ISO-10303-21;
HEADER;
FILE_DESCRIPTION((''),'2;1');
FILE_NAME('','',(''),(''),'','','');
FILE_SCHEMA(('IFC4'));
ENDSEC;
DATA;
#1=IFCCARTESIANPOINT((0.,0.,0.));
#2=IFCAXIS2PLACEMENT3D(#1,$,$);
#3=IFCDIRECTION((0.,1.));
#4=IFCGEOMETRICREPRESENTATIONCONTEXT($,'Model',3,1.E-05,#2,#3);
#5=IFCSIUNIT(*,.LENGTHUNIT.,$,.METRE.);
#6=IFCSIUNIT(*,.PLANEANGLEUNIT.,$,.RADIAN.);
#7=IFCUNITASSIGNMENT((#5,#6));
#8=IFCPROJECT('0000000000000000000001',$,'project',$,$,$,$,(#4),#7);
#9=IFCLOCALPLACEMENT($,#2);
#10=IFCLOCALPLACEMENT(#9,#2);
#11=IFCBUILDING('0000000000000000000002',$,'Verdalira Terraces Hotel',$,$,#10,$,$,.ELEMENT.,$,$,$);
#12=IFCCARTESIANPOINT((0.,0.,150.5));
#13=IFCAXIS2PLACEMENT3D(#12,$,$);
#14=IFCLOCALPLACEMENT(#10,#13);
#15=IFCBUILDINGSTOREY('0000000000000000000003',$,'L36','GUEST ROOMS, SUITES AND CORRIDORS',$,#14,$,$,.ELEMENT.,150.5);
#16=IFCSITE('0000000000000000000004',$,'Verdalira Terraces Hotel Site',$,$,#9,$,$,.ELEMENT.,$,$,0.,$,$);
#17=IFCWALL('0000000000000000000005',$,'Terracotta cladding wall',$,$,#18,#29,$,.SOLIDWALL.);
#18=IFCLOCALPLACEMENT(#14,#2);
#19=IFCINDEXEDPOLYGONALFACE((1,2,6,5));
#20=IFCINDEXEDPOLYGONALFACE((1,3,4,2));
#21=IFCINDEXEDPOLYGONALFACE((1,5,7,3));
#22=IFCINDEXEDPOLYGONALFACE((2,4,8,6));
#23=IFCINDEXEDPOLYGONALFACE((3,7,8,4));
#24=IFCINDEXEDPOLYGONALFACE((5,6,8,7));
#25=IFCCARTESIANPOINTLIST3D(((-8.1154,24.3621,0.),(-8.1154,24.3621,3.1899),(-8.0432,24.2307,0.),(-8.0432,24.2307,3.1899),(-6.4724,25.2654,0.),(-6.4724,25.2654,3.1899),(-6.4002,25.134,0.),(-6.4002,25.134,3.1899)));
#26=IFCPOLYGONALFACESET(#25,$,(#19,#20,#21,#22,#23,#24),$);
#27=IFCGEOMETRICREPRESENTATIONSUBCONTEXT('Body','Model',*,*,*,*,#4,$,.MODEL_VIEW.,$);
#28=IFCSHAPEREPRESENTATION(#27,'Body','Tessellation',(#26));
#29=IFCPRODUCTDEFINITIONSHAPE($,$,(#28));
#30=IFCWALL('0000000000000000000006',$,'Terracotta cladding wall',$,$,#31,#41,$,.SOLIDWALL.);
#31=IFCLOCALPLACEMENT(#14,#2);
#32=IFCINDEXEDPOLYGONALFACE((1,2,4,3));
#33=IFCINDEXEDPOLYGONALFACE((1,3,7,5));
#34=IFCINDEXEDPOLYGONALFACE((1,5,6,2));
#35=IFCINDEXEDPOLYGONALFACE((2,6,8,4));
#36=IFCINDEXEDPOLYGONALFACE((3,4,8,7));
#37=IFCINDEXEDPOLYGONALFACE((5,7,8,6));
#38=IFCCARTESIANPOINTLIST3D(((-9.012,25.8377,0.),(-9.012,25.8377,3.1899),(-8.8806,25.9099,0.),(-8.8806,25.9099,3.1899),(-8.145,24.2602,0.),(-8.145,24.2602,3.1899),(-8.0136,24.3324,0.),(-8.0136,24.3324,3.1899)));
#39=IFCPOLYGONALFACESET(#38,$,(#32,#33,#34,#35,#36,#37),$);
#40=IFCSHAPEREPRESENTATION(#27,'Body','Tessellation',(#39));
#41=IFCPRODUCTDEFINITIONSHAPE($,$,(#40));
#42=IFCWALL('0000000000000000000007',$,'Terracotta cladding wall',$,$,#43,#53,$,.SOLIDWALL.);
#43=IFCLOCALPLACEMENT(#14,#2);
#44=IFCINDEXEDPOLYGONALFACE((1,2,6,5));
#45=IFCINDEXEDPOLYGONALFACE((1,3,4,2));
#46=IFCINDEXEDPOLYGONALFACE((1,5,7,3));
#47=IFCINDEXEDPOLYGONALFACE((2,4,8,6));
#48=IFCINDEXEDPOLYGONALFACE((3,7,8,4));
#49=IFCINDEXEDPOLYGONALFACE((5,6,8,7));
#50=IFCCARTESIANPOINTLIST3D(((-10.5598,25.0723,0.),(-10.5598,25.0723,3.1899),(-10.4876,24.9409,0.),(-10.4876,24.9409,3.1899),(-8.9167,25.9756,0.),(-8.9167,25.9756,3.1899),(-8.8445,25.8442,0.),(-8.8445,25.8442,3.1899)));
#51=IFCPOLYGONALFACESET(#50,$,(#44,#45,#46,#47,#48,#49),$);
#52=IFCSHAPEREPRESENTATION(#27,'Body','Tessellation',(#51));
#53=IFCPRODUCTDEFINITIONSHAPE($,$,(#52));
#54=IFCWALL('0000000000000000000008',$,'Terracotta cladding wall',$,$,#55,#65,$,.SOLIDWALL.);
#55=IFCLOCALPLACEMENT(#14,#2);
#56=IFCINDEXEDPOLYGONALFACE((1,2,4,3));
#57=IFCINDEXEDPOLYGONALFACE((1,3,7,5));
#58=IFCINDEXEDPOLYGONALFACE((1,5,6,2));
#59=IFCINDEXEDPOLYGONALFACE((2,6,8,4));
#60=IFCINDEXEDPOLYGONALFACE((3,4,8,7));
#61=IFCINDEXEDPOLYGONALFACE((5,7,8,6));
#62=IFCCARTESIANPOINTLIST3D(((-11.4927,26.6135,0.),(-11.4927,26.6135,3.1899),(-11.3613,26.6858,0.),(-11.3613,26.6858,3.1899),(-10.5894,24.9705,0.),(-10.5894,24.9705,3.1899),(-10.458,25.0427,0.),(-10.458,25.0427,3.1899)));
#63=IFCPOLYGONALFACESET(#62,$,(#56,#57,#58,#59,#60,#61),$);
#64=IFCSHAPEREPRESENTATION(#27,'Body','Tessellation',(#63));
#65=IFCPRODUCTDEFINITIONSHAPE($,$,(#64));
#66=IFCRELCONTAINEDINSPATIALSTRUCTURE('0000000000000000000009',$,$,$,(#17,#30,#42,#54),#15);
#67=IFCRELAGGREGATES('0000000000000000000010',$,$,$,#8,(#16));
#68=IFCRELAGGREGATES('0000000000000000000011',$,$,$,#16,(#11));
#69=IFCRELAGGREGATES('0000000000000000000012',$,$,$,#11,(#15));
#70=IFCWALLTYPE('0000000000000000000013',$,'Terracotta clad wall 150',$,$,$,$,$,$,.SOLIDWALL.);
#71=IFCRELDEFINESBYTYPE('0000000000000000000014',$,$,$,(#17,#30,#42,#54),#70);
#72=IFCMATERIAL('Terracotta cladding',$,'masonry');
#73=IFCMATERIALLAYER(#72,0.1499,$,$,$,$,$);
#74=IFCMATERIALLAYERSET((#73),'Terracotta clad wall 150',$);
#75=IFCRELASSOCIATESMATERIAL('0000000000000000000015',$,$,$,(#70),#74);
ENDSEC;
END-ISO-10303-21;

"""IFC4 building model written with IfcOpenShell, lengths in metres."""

from ifc_helpers import new_model, si_unit, direction, frame, frame_2d, origin, place, context, subcontext, project, spatial, rectangle, extrude, material, layer, layer_set, type_object, element, save


model = new_model("IFC4")

# Units and contexts
model_context = context("Model", 3, precision=1e-05, world=origin(), true_north=direction((0.0, 1.0)))
body_context = subcontext(model_context, "Body", "Model", "MODEL_VIEW")
ifc_project = project(units=[si_unit("LENGTHUNIT", "METRE"), si_unit("PLANEANGLEUNIT", "RADIAN")], contexts=[model_context])

# Site, building, storey
site_placement = place(None, origin())
site = spatial("IfcSite", under=ifc_project, at=site_placement, Name="Verdalira Terraces Hotel Site", CompositionType="ELEMENT", RefElevation=0.0)
building_placement = place(site_placement, origin())
building = spatial("IfcBuilding", under=site, at=building_placement, Name="Verdalira Terraces Hotel", CompositionType="ELEMENT")
storey_placement = place(building_placement, frame((0.0, 0.0, 150.5)))
storey = spatial("IfcBuildingStorey", under=building, at=storey_placement, Name="L36", Description="GUEST ROOMS, SUITES AND CORRIDORS", CompositionType="ELEMENT", Elevation=150.5)

# Walls
ifc_material_1 = material(Name="Terracotta cladding", Category="masonry")
ifc_layer_1 = layer(ifc_material_1, 0.1499)
ifc_layer_set_1 = layer_set([ifc_layer_1], Name="Terracotta clad wall 150")
wall_type_1 = type_object("IfcWallType", Name="Terracotta clad wall 150", PredefinedType="SOLIDWALL", material=ifc_layer_set_1)
wall_1_placement = place(storey_placement, frame((-6.4363, 25.1997, 0.0), z_axis=(0.0, 0.0, 1.0), x_axis=(-0.876298, -0.481769, 0.0)))
element("IfcWall", 1, at=wall_1_placement, inside=storey, type_object=wall_type_1, Name="Terracotta cladding wall", PredefinedType="SOLIDWALL", context=body_context, shape_type="SweptSolid", body=[
    extrude(rectangle(XDim=1.875, YDim=0.1499, at=frame_2d((0.9375, 0.0))), origin(), (0.0, 0.0, 1.0), 3.1899),
])
wall_2_placement = place(storey_placement, frame((-8.0793, 24.2964, 0.0), z_axis=(0.0, 0.0, 1.0), x_axis=(-0.481653, 0.876362, 0.0)))
element("IfcWall", 2, at=wall_2_placement, inside=storey, type_object=wall_type_1, Name="Terracotta cladding wall", PredefinedType="SOLIDWALL", context=body_context, shape_type="SweptSolid", body=[
    extrude(rectangle(XDim=1.8, YDim=0.1499, at=frame_2d((0.8999, 0.0))), origin(), (0.0, 0.0, 1.0), 3.1899),
])
for number, where, z_axis, x_axis, name in (
    (3, (-8.8806, 25.9099, 0.0), (0.0, 0.0, 1.0), (-0.876298, -0.481769, 0.0), "Terracotta cladding wall"),
    (4, (-10.5237, 25.0066, 0.0), (0.0, 0.0, 1.0), (-0.481769, 0.876298, 0.0), "Terracotta cladding wall"),
):
    element("IfcWall", number, at=place(storey_placement, frame(where, z_axis=z_axis, x_axis=x_axis)), inside=storey, type_object=wall_type_1, Name=name, PredefinedType="SOLIDWALL", context=body_context, shape_type="SweptSolid", body=[
        extrude(rectangle(XDim=1.875, YDim=0.1499, at=frame_2d((0.9375, 0.0))), origin(), (0.0, 0.0, 1.0), 3.1899),
    ])

save(model, "model.ifc")
